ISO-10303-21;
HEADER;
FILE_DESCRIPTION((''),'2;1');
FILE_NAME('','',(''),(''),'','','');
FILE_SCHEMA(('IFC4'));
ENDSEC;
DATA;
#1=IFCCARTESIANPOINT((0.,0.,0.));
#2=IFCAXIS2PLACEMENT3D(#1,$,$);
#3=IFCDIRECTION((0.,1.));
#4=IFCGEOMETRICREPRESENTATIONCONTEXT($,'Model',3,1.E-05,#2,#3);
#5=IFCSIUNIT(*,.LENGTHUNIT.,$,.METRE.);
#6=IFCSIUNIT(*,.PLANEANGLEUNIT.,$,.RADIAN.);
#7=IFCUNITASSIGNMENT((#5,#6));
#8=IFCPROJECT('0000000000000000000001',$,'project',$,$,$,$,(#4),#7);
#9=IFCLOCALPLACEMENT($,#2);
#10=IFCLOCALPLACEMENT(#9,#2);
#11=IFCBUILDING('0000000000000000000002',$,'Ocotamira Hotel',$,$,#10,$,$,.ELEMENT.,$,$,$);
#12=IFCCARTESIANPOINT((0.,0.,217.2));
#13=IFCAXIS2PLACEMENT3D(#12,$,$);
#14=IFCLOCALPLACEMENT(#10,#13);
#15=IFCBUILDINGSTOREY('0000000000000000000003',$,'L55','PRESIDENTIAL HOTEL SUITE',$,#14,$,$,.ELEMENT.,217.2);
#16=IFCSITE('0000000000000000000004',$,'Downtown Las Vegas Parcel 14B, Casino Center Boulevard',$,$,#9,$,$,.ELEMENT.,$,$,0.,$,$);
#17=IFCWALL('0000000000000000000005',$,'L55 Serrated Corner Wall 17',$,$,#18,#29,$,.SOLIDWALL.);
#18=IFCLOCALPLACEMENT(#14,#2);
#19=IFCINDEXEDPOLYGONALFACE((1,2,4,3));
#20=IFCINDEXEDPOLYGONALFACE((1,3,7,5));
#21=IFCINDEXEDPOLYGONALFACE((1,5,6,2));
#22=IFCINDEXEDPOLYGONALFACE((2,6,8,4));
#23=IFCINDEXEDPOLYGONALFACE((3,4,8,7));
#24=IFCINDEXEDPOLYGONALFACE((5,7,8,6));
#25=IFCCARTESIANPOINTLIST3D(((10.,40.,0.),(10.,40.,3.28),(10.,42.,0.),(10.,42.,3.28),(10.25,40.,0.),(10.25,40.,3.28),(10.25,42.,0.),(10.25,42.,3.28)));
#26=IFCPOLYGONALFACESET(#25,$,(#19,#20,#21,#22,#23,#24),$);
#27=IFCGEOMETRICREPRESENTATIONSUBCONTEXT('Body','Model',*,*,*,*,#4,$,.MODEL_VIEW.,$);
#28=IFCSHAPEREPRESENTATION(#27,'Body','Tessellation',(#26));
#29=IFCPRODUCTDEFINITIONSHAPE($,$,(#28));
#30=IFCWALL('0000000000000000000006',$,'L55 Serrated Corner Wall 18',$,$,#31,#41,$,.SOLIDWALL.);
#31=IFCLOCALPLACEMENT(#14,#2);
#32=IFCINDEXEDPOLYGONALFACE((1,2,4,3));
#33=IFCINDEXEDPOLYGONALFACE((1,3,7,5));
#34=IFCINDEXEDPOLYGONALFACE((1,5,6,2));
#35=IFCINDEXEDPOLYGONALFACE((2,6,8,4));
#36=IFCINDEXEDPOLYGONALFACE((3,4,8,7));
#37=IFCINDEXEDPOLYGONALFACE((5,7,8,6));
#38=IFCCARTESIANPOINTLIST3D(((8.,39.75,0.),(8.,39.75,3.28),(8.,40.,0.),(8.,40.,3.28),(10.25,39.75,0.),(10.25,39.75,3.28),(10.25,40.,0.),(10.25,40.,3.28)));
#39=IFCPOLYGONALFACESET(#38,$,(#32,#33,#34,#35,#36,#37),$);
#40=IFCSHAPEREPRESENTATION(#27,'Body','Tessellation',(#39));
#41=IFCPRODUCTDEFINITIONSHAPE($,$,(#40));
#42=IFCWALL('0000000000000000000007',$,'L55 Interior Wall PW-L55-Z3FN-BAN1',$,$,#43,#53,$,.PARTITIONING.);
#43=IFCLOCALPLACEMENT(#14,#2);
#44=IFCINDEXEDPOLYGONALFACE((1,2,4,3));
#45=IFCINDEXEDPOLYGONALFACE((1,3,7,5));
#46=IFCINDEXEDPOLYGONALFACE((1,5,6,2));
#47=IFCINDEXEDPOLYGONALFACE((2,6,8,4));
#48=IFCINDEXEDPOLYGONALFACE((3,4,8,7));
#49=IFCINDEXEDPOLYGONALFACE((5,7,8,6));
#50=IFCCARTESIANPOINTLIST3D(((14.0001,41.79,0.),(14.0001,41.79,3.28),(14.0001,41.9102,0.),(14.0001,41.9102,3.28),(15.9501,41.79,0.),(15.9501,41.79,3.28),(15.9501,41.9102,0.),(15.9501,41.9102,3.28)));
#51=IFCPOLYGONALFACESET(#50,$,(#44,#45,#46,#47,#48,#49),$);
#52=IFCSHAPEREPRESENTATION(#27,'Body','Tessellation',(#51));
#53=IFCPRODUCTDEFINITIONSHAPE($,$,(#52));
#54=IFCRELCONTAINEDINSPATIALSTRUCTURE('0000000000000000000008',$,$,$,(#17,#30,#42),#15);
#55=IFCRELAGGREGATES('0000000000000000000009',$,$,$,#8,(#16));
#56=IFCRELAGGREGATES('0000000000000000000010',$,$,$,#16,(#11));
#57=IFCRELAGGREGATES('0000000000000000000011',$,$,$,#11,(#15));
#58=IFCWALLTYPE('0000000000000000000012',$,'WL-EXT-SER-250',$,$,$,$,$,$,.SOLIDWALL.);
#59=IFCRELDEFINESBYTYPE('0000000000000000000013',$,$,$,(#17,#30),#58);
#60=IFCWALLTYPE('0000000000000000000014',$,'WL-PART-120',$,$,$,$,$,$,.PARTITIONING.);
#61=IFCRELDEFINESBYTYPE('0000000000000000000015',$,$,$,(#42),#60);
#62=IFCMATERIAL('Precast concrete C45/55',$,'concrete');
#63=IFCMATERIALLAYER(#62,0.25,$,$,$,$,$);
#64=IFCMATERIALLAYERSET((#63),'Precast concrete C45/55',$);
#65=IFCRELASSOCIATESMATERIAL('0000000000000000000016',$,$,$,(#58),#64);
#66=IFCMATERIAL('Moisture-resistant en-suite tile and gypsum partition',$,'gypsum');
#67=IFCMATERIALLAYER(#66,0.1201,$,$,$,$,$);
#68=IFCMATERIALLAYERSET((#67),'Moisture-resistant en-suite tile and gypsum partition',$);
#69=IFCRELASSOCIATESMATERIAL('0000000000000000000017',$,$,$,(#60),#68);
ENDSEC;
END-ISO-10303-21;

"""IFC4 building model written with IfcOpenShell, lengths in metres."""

from ifc_helpers import new_model, si_unit, direction, frame, frame_2d, origin, place, context, subcontext, project, spatial, rectangle, extrude, material, layer, layer_set, type_object, element, save


model = new_model("IFC4")

# Units and contexts
model_context = context("Model", 3, precision=1e-05, world=origin(), true_north=direction((0.0, 1.0)))
body_context = subcontext(model_context, "Body", "Model", "MODEL_VIEW")
ifc_project = project(units=[si_unit("LENGTHUNIT", "METRE"), si_unit("PLANEANGLEUNIT", "RADIAN")], contexts=[model_context])

# Site, building, storey
site_placement = place(None, origin())
site = spatial("IfcSite", under=ifc_project, at=site_placement, Name="Downtown Las Vegas Parcel 14B, Casino Center Boulevard", CompositionType="ELEMENT", RefElevation=0.0)
building_placement = place(site_placement, origin())
building = spatial("IfcBuilding", under=site, at=building_placement, Name="Ocotamira Hotel", CompositionType="ELEMENT")
storey_placement = place(building_placement, frame((0.0, 0.0, 217.2)))
storey = spatial("IfcBuildingStorey", under=building, at=storey_placement, Name="L55", Description="PRESIDENTIAL HOTEL SUITE", CompositionType="ELEMENT", Elevation=217.2)

# Shared definitions
ifc_material_1 = material(Name="Precast concrete C45/55", Category="concrete")
ifc_layer_1 = layer(ifc_material_1, 0.25)
ifc_layer_set_1 = layer_set([ifc_layer_1], Name="Precast concrete C45/55")
wall_type_1 = type_object("IfcWallType", Name="WL-EXT-SER-250", PredefinedType="SOLIDWALL", material=ifc_layer_set_1)

# Walls
for number, where, z_axis, x_axis, name in (
    (1, (10.125, 42.0, 0.0), (0.0, 0.0, 1.0), (0.0, -1.0, 0.0), "L55 Serrated Corner Wall 17"),
):
    element("IfcWall", number, at=place(storey_placement, frame(where, z_axis=z_axis, x_axis=x_axis)), inside=storey, type_object=wall_type_1, Name=name, PredefinedType="SOLIDWALL", context=body_context, shape_type="SweptSolid", body=[
        extrude(rectangle(XDim=2.0, YDim=0.25, at=frame_2d((1.0, 0.0))), origin(), (0.0, 0.0, 1.0), 3.28),
    ])
wall_1_placement = place(storey_placement, frame((10.25, 39.875, 0.0), z_axis=(0.0, 0.0, 1.0), x_axis=(-1.0, 0.0, 0.0)))
element("IfcWall", 2, at=wall_1_placement, inside=storey, type_object=wall_type_1, Name="L55 Serrated Corner Wall 18", PredefinedType="SOLIDWALL", context=body_context, shape_type="SweptSolid", body=[
    extrude(rectangle(XDim=2.25, YDim=0.25, at=frame_2d((1.125, 0.0))), origin(), (0.0, 0.0, 1.0), 3.28),
])
ifc_material_2 = material(Name="Moisture-resistant en-suite tile and gypsum partition", Category="gypsum")
ifc_layer_2 = layer(ifc_material_2, 0.1201)
ifc_layer_set_2 = layer_set([ifc_layer_2], Name="Moisture-resistant en-suite tile and gypsum partition")
wall_type_2 = type_object("IfcWallType", Name="WL-PART-120", PredefinedType="PARTITIONING", material=ifc_layer_set_2)
wall_2_placement = place(storey_placement, frame((14.0, 41.8501, 0.0), z_axis=(0.0, 0.0, 1.0), x_axis=(1.0, 0.0, 0.0)))
element("IfcWall", 3, at=wall_2_placement, inside=storey, type_object=wall_type_2, Name="L55 Interior Wall PW-L55-Z3FN-BAN1", PredefinedType="PARTITIONING", context=body_context, shape_type="SweptSolid", body=[
    extrude(rectangle(XDim=1.95, YDim=0.1201, at=frame_2d((0.9751, 0.0))), origin(), (0.0, 0.0, 1.0), 3.28),
])

save(model, "model.ifc")
